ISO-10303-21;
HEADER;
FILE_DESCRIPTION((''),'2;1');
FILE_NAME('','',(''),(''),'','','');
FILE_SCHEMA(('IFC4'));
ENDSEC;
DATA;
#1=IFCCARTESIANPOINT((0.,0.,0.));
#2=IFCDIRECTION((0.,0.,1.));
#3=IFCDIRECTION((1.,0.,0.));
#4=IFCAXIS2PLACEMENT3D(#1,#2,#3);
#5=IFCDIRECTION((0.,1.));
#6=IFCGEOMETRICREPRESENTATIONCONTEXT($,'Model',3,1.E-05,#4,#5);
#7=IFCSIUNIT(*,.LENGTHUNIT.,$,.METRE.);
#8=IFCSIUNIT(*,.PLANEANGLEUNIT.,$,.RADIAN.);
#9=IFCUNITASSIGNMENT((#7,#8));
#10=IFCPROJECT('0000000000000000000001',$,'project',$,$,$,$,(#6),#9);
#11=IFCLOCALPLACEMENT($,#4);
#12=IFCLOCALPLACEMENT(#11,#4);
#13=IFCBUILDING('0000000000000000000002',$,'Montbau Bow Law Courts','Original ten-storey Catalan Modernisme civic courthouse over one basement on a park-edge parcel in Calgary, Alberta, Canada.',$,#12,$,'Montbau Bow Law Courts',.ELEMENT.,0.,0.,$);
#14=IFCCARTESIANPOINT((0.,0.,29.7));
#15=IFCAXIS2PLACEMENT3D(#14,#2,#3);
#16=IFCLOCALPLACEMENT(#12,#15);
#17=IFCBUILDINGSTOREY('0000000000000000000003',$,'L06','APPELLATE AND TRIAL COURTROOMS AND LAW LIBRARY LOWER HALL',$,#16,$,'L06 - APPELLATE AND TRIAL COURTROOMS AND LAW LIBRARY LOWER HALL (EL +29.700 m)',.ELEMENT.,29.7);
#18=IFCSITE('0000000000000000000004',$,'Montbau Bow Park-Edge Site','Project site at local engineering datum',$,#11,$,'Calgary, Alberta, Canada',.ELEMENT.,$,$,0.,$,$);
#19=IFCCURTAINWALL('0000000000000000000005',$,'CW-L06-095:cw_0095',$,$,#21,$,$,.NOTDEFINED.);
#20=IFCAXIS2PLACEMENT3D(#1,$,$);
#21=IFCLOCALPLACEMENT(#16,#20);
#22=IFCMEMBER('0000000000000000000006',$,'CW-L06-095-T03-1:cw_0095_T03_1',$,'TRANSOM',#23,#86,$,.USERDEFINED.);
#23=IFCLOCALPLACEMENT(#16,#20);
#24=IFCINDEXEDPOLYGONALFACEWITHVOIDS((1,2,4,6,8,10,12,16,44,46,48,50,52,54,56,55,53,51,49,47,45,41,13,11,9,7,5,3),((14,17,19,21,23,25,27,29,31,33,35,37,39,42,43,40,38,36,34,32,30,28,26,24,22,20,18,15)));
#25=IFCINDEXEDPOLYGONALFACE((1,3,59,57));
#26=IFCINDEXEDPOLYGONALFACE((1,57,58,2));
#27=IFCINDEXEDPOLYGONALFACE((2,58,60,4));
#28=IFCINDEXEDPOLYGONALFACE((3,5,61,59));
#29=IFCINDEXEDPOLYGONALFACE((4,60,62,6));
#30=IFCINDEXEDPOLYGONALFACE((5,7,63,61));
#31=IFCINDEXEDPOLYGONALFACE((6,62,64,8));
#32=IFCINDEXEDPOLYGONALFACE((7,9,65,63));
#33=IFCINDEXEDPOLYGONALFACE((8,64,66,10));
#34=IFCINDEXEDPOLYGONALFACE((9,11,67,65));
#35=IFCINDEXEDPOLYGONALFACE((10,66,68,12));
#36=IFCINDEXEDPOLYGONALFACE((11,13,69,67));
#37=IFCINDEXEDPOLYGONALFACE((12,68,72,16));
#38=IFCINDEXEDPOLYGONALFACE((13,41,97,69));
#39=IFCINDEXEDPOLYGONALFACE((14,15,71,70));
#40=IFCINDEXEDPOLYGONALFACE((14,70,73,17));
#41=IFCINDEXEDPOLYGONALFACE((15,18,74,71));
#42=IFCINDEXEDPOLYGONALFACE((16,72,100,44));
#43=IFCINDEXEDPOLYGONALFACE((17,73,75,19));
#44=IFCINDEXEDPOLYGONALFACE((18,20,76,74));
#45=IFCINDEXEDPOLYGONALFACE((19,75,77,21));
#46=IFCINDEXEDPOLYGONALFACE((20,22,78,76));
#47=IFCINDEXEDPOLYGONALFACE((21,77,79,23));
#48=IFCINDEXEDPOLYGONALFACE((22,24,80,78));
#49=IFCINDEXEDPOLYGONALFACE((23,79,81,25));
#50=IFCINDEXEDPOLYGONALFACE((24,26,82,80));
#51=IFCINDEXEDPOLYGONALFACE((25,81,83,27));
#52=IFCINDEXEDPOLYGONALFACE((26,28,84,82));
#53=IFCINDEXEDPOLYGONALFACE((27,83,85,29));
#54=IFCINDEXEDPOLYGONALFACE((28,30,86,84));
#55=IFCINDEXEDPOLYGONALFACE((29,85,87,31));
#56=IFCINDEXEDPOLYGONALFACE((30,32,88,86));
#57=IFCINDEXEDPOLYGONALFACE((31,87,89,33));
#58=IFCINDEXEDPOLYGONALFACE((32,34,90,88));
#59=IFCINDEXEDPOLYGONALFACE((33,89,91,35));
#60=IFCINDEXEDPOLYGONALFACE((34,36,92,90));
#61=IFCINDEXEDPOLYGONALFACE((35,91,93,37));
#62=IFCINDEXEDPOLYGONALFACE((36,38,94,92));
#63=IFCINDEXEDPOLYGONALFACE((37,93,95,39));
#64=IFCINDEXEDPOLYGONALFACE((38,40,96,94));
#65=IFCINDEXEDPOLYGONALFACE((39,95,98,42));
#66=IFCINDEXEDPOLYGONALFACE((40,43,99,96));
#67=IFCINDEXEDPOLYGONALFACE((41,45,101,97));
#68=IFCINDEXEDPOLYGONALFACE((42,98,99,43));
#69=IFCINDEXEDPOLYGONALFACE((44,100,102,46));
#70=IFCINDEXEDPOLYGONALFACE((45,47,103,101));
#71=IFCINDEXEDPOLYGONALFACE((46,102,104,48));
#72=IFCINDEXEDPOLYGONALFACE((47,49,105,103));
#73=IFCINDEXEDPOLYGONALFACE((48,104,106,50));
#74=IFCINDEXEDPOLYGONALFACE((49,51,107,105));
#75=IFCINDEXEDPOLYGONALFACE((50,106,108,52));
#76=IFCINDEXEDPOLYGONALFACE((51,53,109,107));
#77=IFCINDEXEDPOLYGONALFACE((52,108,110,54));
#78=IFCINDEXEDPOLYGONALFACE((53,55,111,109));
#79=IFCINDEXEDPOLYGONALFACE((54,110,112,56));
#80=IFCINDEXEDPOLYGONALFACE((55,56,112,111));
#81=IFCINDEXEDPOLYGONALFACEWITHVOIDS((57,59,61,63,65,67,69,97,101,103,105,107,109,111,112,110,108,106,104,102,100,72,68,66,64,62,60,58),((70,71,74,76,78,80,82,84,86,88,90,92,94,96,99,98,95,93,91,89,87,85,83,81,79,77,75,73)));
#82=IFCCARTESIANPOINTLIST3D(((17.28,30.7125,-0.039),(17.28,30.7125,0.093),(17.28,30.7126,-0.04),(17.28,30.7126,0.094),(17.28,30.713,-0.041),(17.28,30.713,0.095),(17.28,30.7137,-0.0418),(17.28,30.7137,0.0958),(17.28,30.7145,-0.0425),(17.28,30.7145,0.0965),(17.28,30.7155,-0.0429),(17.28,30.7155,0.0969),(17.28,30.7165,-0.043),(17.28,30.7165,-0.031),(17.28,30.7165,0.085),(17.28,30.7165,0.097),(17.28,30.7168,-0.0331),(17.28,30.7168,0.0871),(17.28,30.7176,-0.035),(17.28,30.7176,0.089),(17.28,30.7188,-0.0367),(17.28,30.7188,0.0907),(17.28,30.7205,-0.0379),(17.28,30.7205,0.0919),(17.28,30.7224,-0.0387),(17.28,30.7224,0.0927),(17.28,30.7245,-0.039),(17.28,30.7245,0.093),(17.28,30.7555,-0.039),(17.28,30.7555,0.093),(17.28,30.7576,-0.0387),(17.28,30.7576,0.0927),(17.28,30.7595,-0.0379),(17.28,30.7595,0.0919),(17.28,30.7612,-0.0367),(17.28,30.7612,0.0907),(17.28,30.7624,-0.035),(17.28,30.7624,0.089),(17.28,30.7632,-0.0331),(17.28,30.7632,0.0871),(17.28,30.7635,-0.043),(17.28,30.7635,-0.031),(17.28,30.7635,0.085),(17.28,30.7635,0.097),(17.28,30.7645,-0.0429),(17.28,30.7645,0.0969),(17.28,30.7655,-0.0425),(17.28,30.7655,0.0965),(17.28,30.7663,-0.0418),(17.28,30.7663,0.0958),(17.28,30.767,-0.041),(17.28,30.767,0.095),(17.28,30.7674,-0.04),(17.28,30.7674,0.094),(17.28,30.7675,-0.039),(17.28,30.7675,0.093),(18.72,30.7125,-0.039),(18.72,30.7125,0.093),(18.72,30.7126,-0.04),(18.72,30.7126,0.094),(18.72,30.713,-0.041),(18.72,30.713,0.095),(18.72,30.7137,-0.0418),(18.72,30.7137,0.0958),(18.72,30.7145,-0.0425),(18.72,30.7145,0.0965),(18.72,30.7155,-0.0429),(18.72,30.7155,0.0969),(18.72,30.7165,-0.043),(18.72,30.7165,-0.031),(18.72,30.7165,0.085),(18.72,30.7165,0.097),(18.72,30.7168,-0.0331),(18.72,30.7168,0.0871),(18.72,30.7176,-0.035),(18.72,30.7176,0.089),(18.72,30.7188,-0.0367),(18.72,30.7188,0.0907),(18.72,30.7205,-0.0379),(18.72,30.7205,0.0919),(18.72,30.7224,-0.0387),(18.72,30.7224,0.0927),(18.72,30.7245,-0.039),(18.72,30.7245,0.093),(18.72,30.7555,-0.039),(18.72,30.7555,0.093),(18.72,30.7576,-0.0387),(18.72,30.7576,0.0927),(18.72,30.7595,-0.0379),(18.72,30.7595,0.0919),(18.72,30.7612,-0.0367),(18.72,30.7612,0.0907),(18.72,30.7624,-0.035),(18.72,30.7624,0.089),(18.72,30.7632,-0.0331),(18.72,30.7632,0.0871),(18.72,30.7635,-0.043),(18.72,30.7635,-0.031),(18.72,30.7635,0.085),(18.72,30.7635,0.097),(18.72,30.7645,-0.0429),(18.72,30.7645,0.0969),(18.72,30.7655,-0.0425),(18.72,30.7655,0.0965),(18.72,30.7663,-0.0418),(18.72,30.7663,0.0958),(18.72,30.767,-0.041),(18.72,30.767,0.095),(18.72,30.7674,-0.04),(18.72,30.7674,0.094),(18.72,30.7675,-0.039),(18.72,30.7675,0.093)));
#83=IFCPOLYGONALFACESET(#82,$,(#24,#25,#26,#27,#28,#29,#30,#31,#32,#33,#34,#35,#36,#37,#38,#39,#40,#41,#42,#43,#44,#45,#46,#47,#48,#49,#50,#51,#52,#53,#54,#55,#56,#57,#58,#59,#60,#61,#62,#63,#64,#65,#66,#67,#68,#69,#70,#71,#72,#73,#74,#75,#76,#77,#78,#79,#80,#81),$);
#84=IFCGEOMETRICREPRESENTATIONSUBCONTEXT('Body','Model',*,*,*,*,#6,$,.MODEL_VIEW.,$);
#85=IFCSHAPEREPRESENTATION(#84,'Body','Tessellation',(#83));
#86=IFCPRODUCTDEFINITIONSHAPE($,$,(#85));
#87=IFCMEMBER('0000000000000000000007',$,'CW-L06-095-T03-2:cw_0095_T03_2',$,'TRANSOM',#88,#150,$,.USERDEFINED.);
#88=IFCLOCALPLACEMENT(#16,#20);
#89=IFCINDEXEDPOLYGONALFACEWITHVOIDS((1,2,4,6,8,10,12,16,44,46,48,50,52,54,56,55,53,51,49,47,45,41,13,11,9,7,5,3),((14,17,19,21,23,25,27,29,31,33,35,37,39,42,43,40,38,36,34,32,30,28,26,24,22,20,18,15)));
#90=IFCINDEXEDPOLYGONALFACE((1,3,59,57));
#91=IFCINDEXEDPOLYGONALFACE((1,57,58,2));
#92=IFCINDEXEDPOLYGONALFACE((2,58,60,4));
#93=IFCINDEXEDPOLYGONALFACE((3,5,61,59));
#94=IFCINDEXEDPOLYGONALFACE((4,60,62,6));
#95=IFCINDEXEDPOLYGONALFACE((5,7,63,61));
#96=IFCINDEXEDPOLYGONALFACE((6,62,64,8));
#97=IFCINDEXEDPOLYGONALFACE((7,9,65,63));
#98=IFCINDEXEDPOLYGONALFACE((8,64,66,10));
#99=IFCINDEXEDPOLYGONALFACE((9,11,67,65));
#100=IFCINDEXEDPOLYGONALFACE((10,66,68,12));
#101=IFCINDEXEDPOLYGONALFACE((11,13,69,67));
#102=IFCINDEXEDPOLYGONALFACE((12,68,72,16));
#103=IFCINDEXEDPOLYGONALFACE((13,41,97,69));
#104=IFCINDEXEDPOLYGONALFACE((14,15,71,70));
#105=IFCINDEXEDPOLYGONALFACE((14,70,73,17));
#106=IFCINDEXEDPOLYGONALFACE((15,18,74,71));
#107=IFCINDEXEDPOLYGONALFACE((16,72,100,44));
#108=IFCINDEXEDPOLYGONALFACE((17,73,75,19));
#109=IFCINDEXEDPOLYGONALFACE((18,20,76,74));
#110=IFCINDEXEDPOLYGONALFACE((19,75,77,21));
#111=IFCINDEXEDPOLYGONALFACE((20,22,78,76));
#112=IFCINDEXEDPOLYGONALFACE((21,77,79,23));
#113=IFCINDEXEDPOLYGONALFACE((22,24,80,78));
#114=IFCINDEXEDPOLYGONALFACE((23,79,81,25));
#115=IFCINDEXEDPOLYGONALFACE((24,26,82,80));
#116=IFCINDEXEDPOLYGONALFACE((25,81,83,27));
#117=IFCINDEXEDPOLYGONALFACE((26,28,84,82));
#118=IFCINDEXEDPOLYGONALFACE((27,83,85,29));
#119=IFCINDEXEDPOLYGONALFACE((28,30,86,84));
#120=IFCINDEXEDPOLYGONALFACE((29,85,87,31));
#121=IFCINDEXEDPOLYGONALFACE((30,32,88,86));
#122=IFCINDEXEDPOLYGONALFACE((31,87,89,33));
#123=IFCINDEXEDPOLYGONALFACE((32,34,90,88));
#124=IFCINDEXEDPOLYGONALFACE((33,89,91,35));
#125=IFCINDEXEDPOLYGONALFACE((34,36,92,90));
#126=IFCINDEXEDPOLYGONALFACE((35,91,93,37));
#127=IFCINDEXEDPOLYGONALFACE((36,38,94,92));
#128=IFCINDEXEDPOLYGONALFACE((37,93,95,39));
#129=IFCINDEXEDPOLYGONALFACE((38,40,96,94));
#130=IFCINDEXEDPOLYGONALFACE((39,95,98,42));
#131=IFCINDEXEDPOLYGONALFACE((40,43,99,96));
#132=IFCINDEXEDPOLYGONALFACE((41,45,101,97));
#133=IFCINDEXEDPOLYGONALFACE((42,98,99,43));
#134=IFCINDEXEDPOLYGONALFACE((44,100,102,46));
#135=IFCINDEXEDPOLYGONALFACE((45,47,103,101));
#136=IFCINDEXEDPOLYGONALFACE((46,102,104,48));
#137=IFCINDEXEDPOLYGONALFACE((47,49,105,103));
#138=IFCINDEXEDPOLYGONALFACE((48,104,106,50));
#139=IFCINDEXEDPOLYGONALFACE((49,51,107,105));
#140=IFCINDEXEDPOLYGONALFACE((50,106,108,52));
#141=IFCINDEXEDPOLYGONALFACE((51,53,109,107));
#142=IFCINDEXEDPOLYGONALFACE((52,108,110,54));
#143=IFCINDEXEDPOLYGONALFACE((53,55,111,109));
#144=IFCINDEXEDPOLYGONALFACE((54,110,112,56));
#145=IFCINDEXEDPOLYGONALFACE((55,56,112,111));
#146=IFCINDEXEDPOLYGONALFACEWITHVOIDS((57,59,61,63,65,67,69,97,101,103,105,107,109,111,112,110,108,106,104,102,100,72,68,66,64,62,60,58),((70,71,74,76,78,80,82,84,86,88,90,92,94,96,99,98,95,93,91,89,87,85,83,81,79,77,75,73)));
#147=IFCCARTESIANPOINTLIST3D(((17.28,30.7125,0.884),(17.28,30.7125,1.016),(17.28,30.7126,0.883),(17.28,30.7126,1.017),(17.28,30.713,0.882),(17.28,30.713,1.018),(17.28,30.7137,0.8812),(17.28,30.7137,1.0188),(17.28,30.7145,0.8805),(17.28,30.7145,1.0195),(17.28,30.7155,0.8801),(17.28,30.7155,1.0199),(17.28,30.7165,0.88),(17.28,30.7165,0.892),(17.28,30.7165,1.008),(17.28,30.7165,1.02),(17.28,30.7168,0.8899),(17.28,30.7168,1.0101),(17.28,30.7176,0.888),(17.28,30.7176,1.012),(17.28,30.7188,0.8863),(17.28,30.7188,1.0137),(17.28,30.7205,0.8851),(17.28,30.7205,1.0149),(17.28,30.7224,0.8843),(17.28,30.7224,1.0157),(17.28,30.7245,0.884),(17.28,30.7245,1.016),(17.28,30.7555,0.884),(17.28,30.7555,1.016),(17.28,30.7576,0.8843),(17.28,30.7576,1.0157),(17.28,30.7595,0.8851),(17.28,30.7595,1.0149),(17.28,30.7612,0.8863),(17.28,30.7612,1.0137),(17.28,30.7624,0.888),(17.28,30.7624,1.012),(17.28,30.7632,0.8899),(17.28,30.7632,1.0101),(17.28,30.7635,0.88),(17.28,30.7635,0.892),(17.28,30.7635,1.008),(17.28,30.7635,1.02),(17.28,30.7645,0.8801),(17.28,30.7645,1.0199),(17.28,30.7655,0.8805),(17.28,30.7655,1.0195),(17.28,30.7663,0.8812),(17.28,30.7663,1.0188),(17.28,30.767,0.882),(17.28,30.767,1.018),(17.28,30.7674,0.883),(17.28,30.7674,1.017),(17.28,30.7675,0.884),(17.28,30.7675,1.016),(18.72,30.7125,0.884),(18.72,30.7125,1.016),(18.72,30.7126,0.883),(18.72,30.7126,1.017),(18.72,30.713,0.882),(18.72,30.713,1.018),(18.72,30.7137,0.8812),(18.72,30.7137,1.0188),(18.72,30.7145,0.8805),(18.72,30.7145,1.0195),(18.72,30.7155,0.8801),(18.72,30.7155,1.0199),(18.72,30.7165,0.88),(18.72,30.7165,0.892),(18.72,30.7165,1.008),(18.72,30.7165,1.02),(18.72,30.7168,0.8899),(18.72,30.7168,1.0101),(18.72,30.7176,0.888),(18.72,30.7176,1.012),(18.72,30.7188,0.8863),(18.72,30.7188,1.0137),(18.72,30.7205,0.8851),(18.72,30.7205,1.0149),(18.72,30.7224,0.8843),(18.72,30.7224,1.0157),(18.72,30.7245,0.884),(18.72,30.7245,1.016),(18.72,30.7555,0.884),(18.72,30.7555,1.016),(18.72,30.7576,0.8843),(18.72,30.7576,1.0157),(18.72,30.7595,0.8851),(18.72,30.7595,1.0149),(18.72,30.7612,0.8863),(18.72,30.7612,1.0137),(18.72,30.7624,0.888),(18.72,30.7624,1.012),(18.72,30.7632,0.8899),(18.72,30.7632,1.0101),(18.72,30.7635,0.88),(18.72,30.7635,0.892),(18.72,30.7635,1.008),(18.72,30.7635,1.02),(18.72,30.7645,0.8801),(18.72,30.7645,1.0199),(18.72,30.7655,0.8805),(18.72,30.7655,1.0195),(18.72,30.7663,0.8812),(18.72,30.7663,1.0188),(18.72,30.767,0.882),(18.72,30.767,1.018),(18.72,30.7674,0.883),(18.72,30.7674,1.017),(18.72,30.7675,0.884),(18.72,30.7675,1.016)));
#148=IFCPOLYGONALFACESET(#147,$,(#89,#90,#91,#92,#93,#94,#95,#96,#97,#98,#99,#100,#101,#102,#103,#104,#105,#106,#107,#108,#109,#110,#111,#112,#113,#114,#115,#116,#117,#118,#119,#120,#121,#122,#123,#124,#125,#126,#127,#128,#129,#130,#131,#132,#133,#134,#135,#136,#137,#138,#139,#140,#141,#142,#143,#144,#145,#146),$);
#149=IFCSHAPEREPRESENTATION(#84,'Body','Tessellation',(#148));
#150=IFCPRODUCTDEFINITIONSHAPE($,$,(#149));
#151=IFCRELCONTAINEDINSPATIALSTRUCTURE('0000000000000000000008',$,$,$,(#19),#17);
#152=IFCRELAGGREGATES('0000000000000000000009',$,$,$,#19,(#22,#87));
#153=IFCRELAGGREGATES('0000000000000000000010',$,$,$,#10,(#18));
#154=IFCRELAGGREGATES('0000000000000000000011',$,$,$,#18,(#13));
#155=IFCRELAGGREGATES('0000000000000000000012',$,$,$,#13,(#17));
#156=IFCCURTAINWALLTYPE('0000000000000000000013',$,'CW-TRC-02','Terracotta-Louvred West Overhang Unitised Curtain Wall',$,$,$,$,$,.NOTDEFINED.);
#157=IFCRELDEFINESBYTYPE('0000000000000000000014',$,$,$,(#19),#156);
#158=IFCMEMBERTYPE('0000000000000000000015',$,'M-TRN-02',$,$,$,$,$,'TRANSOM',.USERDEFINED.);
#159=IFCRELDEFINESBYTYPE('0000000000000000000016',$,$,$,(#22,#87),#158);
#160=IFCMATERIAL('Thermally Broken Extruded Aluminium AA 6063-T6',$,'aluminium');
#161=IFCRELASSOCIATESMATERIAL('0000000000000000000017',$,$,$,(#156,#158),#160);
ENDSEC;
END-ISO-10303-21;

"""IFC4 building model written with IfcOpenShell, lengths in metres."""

from ifc_helpers import new_model, si_unit, direction, frame, origin_with_axes, origin_2d_with_axis, place, context, subcontext, project, spatial, hollow_rectangle, extrude, material, material_profile, profile_set, type_object, element, aggregate, save


model = new_model("IFC4")

# Units and contexts
model_context = context("Model", 3, precision=1e-05, world=origin_with_axes(), true_north=direction((0.0, 1.0)))
body_context = subcontext(model_context, "Body", "Model", "MODEL_VIEW")
ifc_project = project(units=[si_unit("LENGTHUNIT", "METRE"), si_unit("PLANEANGLEUNIT", "RADIAN")], contexts=[model_context])

# Site, building, storey
site_placement = place(None, origin_with_axes())
site = spatial("IfcSite", under=ifc_project, at=site_placement, Name="Montbau Bow Park-Edge Site", Description="Project site at local engineering datum", LongName="Calgary, Alberta, Canada", CompositionType="ELEMENT", RefElevation=0.0)
building_placement = place(site_placement, origin_with_axes())
building = spatial("IfcBuilding", under=site, at=building_placement, Name="Montbau Bow Law Courts", Description="Original ten-storey Catalan Modernisme civic courthouse over one basement on a park-edge parcel in Calgary, Alberta, Canada.", LongName="Montbau Bow Law Courts", CompositionType="ELEMENT", ElevationOfRefHeight=0.0, ElevationOfTerrain=0.0)
storey_placement = place(building_placement, frame((0.0, 0.0, 29.7), z_axis=(0.0, 0.0, 1.0), x_axis=(1.0, 0.0, 0.0)))
storey = spatial("IfcBuildingStorey", under=building, at=storey_placement, Name="L06", Description="APPELLATE AND TRIAL COURTROOMS AND LAW LIBRARY LOWER HALL", LongName="L06 - APPELLATE AND TRIAL COURTROOMS AND LAW LIBRARY LOWER HALL (EL +29.700 m)", CompositionType="ELEMENT", Elevation=29.7)

# Curtain wall, members
ifc_material_1 = material(Name="Thermally Broken Extruded Aluminium AA 6063-T6", Category="aluminium")
curtain_wall_type = type_object("IfcCurtainWallType", Name="CW-TRC-02", Description="Terracotta-Louvred West Overhang Unitised Curtain Wall", PredefinedType="NOTDEFINED", material=ifc_material_1)
curtain_wall_placement = place(None, frame((14.24, 30.74, 29.7), z_axis=(0.0, 0.0, 1.0), x_axis=(1.0, 0.0, 0.0)))
curtain_wall = element("IfcCurtainWall", 1, at=curtain_wall_placement, inside=storey, type_object=curtain_wall_type, Name="CW-L06-095:cw_0095", PredefinedType="NOTDEFINED")
ifc_material_profile_1 = material_profile(ifc_material_1, hollow_rectangle(XDim=0.055, YDim=0.14, WallThickness=0.004, InnerFilletRadius=0.008, OuterFilletRadius=0.004, at=origin_2d_with_axis()), Name="CWT-140X55", Category="Main", Priority=0)
ifc_profile_set_1 = profile_set([ifc_material_profile_1], Name="Thermally Broken Extruded Aluminium AA 6063-T6")
member_type_1 = type_object("IfcMemberType", Name="M-TRN-02", ElementType="TRANSOM", PredefinedType="USERDEFINED", material=ifc_profile_set_1)
member_1_placement = place(None, frame((17.28, 30.74, 29.727), z_axis=(1.0, 0.0, 0.0), x_axis=(0.0, 1.0, 0.0)))
member_1 = element("IfcMember", 2, at=member_1_placement, type_object=member_type_1, Name="CW-L06-095-T03-1:cw_0095_T03_1", ObjectType="TRANSOM", PredefinedType="USERDEFINED", context=body_context, shape_type="SweptSolid", body=[
    extrude(hollow_rectangle(XDim=0.055, YDim=0.14, WallThickness=0.004, InnerFilletRadius=0.008, OuterFilletRadius=0.004, at=origin_2d_with_axis()), origin_with_axes(), (0.0, 0.0, 1.0), 1.44),
])
member_2_placement = place(None, frame((17.28, 30.74, 30.65), z_axis=(1.0, 0.0, 0.0), x_axis=(0.0, 1.0, 0.0)))
member_2 = element("IfcMember", 3, at=member_2_placement, type_object=member_type_1, Name="CW-L06-095-T03-2:cw_0095_T03_2", ObjectType="TRANSOM", PredefinedType="USERDEFINED", context=body_context, shape_type="SweptSolid", body=[
    extrude(hollow_rectangle(XDim=0.055, YDim=0.14, WallThickness=0.004, InnerFilletRadius=0.008, OuterFilletRadius=0.004, at=origin_2d_with_axis()), origin_with_axes(), (0.0, 0.0, 1.0), 1.44),
])
aggregate(curtain_wall, [member_1, member_2])

save(model, "model.ifc")
